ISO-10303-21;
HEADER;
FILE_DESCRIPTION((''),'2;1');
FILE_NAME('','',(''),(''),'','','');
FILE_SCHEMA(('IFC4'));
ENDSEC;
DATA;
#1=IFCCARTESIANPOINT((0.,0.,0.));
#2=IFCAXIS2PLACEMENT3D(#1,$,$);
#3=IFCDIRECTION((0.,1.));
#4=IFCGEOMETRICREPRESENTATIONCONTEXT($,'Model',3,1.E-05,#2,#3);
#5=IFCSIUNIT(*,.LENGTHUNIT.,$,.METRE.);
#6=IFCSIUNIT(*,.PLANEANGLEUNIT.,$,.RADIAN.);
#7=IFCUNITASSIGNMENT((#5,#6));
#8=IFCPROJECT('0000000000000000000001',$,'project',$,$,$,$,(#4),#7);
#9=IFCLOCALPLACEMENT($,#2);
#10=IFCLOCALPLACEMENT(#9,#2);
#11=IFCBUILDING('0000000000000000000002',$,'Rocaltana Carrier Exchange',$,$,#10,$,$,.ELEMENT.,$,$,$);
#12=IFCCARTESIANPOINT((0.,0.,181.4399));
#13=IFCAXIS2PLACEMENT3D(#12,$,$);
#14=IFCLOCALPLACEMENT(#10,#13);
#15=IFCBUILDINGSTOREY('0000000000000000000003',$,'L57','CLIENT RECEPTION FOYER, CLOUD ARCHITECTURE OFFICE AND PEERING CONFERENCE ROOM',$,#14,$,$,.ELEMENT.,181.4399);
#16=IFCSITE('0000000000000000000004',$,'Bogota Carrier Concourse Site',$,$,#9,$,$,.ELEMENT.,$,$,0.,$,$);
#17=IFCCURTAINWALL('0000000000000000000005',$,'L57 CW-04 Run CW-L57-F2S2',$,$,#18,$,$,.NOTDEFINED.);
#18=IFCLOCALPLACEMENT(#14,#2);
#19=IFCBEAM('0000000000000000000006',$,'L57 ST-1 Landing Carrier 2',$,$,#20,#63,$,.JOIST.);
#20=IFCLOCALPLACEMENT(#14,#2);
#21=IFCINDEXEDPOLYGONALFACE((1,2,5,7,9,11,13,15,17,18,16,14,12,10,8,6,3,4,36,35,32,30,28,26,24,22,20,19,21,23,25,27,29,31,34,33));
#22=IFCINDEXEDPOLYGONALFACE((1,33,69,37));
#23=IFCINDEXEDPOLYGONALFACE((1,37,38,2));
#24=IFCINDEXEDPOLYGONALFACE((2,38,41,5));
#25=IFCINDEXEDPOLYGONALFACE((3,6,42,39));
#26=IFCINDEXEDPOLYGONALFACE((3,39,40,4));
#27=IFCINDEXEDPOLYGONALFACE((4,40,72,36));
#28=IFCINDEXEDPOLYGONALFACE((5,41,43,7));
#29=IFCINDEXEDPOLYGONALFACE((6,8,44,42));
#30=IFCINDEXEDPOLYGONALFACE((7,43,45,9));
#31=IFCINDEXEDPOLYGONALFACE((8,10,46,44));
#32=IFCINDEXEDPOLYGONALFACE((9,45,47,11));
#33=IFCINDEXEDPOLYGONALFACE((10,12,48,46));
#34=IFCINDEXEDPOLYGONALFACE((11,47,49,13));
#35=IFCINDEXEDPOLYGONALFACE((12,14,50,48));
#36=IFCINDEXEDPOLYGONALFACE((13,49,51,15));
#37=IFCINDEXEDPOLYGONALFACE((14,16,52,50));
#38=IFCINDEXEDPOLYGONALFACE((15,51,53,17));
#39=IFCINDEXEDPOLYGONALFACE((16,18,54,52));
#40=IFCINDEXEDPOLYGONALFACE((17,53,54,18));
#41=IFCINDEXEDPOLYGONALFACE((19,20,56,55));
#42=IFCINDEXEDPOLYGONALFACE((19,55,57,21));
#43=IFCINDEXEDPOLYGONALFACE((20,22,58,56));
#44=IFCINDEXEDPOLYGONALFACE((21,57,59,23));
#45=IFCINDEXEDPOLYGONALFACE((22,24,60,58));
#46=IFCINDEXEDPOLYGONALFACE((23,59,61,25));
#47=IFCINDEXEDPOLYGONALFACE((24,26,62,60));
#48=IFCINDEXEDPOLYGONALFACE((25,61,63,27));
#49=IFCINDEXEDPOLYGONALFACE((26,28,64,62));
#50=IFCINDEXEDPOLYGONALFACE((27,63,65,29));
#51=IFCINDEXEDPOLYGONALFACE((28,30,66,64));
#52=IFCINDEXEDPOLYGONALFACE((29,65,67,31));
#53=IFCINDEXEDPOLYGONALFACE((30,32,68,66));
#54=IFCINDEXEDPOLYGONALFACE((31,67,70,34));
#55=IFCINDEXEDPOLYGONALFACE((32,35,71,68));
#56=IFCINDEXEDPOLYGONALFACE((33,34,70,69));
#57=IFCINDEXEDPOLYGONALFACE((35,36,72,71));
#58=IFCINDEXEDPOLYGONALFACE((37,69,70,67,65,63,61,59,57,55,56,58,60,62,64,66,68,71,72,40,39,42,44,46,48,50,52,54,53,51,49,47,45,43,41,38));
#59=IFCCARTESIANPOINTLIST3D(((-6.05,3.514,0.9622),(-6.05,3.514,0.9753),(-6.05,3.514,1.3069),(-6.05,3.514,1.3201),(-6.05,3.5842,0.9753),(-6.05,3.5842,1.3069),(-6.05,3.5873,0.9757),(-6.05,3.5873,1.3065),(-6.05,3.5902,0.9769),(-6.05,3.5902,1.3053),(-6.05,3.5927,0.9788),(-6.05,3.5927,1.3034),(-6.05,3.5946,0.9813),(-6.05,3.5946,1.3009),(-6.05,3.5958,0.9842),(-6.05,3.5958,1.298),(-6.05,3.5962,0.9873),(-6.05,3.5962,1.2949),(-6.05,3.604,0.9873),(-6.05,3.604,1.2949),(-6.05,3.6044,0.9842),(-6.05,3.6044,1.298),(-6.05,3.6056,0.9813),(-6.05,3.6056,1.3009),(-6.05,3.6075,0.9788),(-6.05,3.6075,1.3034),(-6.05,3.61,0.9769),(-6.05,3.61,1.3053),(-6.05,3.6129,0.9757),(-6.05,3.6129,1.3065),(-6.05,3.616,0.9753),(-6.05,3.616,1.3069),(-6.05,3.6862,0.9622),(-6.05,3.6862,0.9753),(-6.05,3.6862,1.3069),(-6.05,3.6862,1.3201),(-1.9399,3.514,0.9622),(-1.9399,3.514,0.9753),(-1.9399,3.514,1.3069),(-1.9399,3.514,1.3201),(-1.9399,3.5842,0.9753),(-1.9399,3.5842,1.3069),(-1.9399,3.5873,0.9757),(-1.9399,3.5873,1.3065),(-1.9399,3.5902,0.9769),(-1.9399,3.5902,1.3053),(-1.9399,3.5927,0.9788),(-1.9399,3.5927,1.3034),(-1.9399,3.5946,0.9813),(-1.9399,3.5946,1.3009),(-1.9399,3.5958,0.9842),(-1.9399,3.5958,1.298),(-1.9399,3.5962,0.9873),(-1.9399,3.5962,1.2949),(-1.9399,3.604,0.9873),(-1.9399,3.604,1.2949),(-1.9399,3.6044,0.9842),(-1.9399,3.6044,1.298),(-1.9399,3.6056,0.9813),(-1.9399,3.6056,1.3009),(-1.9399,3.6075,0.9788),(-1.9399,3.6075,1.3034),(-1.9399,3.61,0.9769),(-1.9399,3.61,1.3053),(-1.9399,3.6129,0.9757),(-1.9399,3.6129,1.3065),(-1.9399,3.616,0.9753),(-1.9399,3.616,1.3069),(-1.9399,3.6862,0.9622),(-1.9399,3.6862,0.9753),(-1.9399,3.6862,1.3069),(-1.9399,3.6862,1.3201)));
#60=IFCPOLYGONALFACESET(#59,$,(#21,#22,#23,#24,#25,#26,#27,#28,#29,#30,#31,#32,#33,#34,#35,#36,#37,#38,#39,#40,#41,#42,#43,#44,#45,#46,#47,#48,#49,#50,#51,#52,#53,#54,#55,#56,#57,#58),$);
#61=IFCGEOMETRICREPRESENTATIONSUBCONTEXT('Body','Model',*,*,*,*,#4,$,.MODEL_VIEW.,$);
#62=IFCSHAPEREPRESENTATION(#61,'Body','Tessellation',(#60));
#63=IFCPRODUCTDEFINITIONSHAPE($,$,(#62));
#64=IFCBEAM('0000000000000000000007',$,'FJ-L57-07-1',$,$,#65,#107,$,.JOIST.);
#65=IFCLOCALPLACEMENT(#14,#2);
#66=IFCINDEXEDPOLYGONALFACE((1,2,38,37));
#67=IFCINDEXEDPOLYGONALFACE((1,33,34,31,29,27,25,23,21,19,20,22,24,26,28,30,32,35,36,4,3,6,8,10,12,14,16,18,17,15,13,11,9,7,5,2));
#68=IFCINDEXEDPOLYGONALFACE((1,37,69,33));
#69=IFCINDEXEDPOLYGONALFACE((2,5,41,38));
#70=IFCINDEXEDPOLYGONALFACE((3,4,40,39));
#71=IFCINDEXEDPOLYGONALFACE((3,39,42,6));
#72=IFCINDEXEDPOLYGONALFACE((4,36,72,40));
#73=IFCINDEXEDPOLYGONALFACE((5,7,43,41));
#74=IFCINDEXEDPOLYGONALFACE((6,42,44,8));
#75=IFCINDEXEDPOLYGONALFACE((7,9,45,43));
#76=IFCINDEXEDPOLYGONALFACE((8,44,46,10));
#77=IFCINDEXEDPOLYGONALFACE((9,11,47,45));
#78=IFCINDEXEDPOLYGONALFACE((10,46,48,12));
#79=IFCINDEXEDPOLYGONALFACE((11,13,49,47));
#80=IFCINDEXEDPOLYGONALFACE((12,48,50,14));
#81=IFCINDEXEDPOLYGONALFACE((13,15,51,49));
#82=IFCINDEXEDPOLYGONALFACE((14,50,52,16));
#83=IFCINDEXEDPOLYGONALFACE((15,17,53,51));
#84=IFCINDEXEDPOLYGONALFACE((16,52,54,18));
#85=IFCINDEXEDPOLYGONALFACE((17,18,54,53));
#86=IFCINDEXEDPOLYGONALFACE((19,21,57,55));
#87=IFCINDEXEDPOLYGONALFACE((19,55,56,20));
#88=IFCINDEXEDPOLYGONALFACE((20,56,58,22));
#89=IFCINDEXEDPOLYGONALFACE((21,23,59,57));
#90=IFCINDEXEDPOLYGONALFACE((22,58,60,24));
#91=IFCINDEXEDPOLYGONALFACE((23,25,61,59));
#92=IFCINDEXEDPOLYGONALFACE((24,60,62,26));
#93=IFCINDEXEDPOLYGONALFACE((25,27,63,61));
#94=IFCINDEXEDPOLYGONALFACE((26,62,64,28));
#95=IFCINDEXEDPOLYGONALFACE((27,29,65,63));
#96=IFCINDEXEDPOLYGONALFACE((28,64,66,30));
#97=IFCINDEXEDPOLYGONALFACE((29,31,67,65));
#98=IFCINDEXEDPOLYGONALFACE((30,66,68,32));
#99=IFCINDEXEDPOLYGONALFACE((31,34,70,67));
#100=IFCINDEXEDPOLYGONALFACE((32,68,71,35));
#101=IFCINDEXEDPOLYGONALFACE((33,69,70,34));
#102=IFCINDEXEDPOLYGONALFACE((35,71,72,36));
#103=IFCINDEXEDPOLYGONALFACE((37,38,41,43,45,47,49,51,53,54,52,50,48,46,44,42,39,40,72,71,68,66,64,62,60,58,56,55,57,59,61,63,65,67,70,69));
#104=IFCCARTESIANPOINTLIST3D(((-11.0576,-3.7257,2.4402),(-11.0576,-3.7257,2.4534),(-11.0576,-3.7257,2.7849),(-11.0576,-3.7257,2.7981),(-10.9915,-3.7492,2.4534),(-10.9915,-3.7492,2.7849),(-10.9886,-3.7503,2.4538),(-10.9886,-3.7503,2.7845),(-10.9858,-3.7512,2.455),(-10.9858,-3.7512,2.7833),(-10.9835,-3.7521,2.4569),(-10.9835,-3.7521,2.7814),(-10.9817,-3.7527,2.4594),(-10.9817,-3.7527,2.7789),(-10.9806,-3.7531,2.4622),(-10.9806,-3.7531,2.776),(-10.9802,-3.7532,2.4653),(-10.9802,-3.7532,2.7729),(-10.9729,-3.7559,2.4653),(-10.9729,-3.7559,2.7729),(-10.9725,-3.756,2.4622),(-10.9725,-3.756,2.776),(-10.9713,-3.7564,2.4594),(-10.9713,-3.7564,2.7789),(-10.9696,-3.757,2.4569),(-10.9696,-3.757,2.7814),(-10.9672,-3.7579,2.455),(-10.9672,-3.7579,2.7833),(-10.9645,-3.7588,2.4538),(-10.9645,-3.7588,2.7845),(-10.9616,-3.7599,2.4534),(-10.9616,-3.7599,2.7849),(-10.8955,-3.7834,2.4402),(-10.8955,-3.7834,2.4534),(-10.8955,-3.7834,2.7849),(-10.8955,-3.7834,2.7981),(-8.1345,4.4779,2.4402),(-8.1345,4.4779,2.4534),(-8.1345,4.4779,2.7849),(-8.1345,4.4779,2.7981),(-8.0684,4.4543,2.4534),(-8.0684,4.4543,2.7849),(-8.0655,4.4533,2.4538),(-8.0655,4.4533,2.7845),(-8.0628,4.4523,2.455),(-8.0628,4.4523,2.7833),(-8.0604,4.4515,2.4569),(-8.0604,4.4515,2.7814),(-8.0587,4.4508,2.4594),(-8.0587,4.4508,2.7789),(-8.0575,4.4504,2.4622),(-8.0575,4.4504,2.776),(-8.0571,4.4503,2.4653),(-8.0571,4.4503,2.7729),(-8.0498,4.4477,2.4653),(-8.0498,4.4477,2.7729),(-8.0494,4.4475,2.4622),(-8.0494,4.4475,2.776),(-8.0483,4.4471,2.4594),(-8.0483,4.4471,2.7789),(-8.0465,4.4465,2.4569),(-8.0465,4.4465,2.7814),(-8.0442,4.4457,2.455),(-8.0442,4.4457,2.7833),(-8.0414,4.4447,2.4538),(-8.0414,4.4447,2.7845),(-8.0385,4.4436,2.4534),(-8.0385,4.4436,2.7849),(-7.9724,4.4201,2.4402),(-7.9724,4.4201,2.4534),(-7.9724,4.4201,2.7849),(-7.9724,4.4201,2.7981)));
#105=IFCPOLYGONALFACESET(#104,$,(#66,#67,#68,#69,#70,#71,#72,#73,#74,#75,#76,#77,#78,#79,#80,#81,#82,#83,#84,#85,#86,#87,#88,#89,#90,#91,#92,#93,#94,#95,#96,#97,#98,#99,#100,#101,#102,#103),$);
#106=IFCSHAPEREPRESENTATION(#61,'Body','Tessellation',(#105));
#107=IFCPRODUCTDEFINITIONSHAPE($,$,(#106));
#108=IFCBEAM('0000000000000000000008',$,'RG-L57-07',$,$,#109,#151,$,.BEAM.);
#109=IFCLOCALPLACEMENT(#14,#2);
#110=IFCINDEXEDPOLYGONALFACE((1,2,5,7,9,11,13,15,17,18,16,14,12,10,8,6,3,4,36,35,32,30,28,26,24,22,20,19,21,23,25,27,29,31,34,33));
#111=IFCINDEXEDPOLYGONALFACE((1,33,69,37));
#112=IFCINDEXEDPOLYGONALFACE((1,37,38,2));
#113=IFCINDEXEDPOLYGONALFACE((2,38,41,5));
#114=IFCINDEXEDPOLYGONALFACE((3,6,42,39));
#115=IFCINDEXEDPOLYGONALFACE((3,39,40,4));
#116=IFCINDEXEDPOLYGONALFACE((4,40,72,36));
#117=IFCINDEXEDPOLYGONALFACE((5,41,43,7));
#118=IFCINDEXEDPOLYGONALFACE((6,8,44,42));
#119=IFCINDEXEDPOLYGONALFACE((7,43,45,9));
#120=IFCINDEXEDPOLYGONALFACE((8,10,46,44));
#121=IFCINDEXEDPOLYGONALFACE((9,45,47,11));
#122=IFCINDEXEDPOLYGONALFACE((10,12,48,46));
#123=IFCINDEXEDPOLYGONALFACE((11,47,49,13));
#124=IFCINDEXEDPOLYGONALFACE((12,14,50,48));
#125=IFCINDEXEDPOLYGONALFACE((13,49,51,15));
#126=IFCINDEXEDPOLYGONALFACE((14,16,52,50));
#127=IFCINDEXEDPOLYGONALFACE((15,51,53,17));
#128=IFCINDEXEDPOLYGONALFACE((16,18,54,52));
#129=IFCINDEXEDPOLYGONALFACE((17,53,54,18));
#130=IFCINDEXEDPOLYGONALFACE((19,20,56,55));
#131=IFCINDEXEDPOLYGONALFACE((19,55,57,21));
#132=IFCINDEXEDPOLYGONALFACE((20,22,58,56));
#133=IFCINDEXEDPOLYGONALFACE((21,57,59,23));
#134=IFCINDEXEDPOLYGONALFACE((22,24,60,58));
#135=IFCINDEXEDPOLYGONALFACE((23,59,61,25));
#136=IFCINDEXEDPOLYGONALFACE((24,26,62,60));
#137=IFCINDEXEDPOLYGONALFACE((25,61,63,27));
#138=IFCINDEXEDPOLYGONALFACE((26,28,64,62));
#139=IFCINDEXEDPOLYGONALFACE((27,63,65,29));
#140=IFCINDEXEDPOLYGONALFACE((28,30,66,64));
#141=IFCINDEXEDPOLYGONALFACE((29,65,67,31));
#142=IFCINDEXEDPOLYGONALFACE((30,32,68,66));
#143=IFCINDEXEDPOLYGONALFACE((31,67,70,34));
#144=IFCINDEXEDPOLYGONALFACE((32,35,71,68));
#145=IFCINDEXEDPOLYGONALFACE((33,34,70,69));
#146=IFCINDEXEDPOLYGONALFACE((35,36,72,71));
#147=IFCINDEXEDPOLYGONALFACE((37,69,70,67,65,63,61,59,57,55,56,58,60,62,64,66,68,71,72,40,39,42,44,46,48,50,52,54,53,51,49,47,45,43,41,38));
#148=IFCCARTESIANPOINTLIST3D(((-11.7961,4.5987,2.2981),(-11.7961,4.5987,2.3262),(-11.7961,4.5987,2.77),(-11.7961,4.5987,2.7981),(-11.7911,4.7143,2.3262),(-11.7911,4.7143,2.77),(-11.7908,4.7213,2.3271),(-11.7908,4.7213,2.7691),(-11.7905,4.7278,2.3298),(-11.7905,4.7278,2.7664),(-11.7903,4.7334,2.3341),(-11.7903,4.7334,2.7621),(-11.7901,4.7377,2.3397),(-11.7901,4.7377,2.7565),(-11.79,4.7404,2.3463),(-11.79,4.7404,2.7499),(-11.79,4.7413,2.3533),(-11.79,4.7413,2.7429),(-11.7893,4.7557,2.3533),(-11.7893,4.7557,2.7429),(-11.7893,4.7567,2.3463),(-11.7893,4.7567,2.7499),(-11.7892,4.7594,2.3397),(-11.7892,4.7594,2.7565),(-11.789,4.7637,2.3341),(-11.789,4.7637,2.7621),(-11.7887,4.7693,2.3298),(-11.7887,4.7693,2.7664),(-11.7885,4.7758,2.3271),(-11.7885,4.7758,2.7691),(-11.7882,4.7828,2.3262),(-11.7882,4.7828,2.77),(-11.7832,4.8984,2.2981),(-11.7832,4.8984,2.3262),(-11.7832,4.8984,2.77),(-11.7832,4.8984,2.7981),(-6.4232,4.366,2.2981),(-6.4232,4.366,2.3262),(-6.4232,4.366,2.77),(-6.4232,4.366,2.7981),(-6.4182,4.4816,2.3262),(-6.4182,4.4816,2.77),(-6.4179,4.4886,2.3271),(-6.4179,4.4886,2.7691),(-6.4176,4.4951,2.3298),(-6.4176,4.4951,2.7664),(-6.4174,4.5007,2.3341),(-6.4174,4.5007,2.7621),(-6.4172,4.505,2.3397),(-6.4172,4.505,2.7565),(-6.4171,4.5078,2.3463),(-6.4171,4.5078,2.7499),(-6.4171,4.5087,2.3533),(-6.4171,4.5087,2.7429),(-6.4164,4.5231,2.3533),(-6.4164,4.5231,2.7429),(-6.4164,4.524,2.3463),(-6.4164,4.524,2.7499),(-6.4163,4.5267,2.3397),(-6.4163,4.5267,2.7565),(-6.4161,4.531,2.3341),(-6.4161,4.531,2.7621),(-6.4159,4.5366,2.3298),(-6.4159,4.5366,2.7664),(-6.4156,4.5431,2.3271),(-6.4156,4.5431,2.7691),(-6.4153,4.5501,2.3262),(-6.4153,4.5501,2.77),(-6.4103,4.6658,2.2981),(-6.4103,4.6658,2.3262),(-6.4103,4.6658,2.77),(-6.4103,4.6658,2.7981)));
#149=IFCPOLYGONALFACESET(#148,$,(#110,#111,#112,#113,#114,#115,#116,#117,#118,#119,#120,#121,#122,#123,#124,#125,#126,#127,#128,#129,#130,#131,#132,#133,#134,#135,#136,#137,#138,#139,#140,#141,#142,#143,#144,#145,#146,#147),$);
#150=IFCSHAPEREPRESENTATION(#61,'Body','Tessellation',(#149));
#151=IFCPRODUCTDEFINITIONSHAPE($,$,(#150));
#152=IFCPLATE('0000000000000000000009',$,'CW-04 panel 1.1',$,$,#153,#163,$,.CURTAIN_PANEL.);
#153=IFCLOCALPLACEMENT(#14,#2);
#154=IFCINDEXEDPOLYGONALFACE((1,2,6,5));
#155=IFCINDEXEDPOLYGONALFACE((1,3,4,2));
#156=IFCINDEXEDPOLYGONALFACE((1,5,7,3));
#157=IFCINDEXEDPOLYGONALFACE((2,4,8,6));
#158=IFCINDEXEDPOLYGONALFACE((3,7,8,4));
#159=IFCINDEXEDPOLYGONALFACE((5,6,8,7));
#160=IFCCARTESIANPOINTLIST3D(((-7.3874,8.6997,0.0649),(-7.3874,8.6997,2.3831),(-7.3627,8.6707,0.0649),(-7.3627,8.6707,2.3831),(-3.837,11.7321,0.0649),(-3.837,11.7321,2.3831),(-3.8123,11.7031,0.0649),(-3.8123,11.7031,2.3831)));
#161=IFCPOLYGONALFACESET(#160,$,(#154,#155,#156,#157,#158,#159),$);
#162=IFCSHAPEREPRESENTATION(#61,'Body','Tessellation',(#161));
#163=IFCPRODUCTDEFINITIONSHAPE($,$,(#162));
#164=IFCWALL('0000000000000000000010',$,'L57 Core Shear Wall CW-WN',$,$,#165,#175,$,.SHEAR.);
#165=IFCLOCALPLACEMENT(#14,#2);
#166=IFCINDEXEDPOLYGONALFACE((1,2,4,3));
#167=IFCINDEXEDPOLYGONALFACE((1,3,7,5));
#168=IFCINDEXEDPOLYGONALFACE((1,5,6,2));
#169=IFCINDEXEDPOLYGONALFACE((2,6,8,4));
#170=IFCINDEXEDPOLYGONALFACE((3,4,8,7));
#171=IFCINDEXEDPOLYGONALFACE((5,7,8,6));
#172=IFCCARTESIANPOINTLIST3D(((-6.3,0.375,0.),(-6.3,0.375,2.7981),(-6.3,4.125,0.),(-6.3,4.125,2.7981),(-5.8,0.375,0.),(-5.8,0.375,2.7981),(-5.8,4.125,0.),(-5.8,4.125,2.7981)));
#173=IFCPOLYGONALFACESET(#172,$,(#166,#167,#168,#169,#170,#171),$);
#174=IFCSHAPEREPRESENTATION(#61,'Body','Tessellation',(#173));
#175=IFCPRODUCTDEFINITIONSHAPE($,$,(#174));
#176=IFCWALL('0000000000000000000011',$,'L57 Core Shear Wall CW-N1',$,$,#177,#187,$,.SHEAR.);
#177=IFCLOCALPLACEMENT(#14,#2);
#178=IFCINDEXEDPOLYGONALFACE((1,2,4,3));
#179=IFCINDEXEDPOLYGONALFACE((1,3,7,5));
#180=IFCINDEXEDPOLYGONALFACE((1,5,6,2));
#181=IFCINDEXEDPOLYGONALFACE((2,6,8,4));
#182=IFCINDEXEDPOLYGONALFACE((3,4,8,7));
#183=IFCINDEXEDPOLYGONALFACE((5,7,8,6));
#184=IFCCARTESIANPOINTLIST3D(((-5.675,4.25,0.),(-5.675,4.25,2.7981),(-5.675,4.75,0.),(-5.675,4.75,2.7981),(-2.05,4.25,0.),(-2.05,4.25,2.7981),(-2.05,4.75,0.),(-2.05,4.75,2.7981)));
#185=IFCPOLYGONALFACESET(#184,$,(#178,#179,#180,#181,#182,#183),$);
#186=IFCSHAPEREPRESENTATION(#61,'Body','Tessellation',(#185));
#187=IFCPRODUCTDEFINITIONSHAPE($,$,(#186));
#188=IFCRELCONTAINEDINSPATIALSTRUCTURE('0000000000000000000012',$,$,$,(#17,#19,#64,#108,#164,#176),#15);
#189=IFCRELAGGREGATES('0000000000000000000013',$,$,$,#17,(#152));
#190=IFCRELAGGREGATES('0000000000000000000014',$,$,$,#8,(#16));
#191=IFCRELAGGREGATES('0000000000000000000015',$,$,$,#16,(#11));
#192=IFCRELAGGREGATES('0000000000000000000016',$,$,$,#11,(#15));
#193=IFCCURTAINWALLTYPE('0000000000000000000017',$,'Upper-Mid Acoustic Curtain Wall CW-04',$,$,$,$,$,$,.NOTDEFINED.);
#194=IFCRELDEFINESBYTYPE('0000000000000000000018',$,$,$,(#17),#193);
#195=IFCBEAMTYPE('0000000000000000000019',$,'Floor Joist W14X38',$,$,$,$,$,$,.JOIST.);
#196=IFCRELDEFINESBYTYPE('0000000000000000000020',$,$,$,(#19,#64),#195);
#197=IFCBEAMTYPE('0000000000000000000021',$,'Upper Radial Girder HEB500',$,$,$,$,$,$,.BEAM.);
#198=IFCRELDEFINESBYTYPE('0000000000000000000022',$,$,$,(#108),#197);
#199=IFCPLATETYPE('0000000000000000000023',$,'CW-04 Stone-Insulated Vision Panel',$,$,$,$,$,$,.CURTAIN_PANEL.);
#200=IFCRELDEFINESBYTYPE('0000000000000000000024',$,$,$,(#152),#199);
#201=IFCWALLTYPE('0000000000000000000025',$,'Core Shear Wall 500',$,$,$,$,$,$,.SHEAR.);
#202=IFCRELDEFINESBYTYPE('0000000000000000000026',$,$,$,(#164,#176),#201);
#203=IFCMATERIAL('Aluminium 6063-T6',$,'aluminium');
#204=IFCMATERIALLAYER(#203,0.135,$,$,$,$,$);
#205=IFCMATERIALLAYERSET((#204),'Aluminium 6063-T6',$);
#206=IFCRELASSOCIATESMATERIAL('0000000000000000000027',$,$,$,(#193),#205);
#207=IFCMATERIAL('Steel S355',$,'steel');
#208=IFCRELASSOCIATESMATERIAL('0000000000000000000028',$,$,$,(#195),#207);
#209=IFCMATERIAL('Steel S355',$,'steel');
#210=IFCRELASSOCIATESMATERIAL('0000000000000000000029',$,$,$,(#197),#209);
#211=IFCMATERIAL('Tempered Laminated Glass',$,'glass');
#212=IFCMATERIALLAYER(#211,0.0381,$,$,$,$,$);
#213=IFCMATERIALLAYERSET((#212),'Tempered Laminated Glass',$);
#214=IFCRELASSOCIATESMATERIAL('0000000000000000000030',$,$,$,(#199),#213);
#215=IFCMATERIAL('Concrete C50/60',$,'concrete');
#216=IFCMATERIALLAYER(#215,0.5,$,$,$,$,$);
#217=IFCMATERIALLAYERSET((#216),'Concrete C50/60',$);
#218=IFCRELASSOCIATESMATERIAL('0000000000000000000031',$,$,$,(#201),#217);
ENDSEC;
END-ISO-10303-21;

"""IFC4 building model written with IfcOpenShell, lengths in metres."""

from ifc_helpers import new_model, si_unit, direction, frame, frame_2d, origin, origin_2d, place, context, subcontext, project, spatial, rectangle, i_section, extrude, material, layer, layer_set, material_profile, profile_set, type_object, element, aggregate, save


model = new_model("IFC4")

# Units and contexts
model_context = context("Model", 3, precision=1e-05, world=origin(), true_north=direction((0.0, 1.0)))
body_context = subcontext(model_context, "Body", "Model", "MODEL_VIEW")
ifc_project = project(units=[si_unit("LENGTHUNIT", "METRE"), si_unit("PLANEANGLEUNIT", "RADIAN")], contexts=[model_context])

# Site, building, storey
site_placement = place(None, origin())
site = spatial("IfcSite", under=ifc_project, at=site_placement, Name="Bogota Carrier Concourse Site", CompositionType="ELEMENT", RefElevation=0.0)
building_placement = place(site_placement, origin())
building = spatial("IfcBuilding", under=site, at=building_placement, Name="Rocaltana Carrier Exchange", CompositionType="ELEMENT")
storey_placement = place(building_placement, frame((0.0, 0.0, 181.4399)))
storey = spatial("IfcBuildingStorey", under=building, at=storey_placement, Name="L57", Description="CLIENT RECEPTION FOYER, CLOUD ARCHITECTURE OFFICE AND PEERING CONFERENCE ROOM", CompositionType="ELEMENT", Elevation=181.4399)

# Curtain wall
ifc_material_1 = material(Name="Aluminium 6063-T6", Category="aluminium")
ifc_layer_1 = layer(ifc_material_1, 0.135)
ifc_layer_set_1 = layer_set([ifc_layer_1], Name="Aluminium 6063-T6")
curtain_wall_type = type_object("IfcCurtainWallType", Name="Upper-Mid Acoustic Curtain Wall CW-04", PredefinedType="NOTDEFINED", material=ifc_layer_set_1)
curtain_wall_placement = place(storey_placement, origin())
curtain_wall = element("IfcCurtainWall", 1, at=curtain_wall_placement, inside=storey, type_object=curtain_wall_type, Name="L57 CW-04 Run CW-L57-F2S2", PredefinedType="NOTDEFINED")

# Beams
ifc_material_2 = material(Name="Steel S355", Category="steel")
ifc_material_profile_1 = material_profile(ifc_material_2, i_section(OverallWidth=0.1721, OverallDepth=0.3579, WebThickness=0.0078, FlangeThickness=0.0132, FilletRadius=0.012, at=origin_2d()), Name="W14X38")
ifc_profile_set_1 = profile_set([ifc_material_profile_1], Name="Steel S355")
beam_type_1 = type_object("IfcBeamType", Name="Floor Joist W14X38", PredefinedType="JOIST", material=ifc_profile_set_1)
for number, where, z_axis, x_axis, name in (
    (2, (-6.05, 3.6001, 1.1411), (1.0, 0.0, 0.0), (0.0, 1.0, 0.0), "L57 ST-1 Landing Carrier 2"),
):
    element("IfcBeam", number, at=place(storey_placement, frame(where, z_axis=z_axis, x_axis=x_axis)), inside=storey, type_object=beam_type_1, Name=name, PredefinedType="JOIST", context=body_context, shape_type="SweptSolid", body=[
        extrude(i_section(OverallWidth=0.1721, OverallDepth=0.3579, WebThickness=0.0078, FlangeThickness=0.0132, FilletRadius=0.012, at=origin_2d()), origin(), (0.0, 0.0, 1.0), 4.1101),
    ])
beam_1_placement = place(storey_placement, frame((-8.0535, 4.449, 2.6191), z_axis=(-0.335647, -0.941988, 0.0), x_axis=(0.941988, -0.335647, 0.0)))
element("IfcBeam", 3, at=beam_1_placement, inside=storey, type_object=beam_type_1, Name="FJ-L57-07-1", PredefinedType="JOIST", context=body_context, shape_type="SweptSolid", body=[
    extrude(i_section(OverallWidth=0.1721, OverallDepth=0.3579, WebThickness=0.0078, FlangeThickness=0.0132, FilletRadius=0.012, at=origin_2d()), origin(), (0.0, 0.0, 1.0), 8.7087),
])
ifc_material_3 = material(Name="Steel S355", Category="steel")
ifc_material_profile_2 = material_profile(ifc_material_3, i_section(OverallWidth=0.3, OverallDepth=0.5, WebThickness=0.0144, FlangeThickness=0.0281, FilletRadius=0.0271, at=origin_2d()), Name="HEB500")
ifc_profile_set_2 = profile_set([ifc_material_profile_2], Name="Steel S355")
beam_type_2 = type_object("IfcBeamType", Name="Upper Radial Girder HEB500", PredefinedType="BEAM", material=ifc_profile_set_2)
beam_2_placement = place(storey_placement, frame((-6.4167, 4.5159, 2.5481), z_axis=(-0.999064, 0.043264, 0.0), x_axis=(-0.043264, -0.999064, 0.0)))
element("IfcBeam", 4, at=beam_2_placement, inside=storey, type_object=beam_type_2, Name="RG-L57-07", PredefinedType="BEAM", context=body_context, shape_type="SweptSolid", body=[
    extrude(i_section(OverallWidth=0.3, OverallDepth=0.5, WebThickness=0.0144, FlangeThickness=0.0281, FilletRadius=0.0271, at=origin_2d()), origin(), (0.0, 0.0, 1.0), 5.3779),
])

# Plate
ifc_material_4 = material(Name="Tempered Laminated Glass", Category="glass")
ifc_layer_2 = layer(ifc_material_4, 0.0381)
ifc_layer_set_2 = layer_set([ifc_layer_2], Name="Tempered Laminated Glass")
plate_type = type_object("IfcPlateType", Name="CW-04 Stone-Insulated Vision Panel", PredefinedType="CURTAIN_PANEL", material=ifc_layer_set_2)
plate_placement = place(storey_placement, frame((-5.5999, 10.2014, 0.0649), z_axis=(0.0, 0.0, 1.0), x_axis=(-0.760401, -0.649454, 0.0)))
plate = element("IfcPlate", 5, at=plate_placement, type_object=plate_type, Name="CW-04 panel 1.1", PredefinedType="CURTAIN_PANEL", context=body_context, shape_type="SweptSolid", body=[
    extrude(rectangle(XDim=4.6692, YDim=0.0381, at=origin_2d()), origin(), (0.0, 0.0, 1.0), 2.3181),
])
aggregate(curtain_wall, [plate])

# Walls
ifc_material_5 = material(Name="Concrete C50/60", Category="concrete")
ifc_layer_3 = layer(ifc_material_5, 0.5)
ifc_layer_set_3 = layer_set([ifc_layer_3], Name="Concrete C50/60")
wall_type_1 = type_object("IfcWallType", Name="Core Shear Wall 500", PredefinedType="SHEAR", material=ifc_layer_set_3)
wall_1_placement = place(storey_placement, frame((-6.05, 0.375, 0.0), z_axis=(0.0, 0.0, 1.0), x_axis=(0.0, 1.0, 0.0)))
element("IfcWall", 6, at=wall_1_placement, inside=storey, type_object=wall_type_1, Name="L57 Core Shear Wall CW-WN", PredefinedType="SHEAR", context=body_context, shape_type="SweptSolid", body=[
    extrude(rectangle(XDim=3.75, YDim=0.5, at=frame_2d((1.875, 0.0))), origin(), (0.0, 0.0, 1.0), 2.7981),
])
wall_2_placement = place(storey_placement, frame((-5.675, 4.5, 0.0), z_axis=(0.0, 0.0, 1.0), x_axis=(1.0, 0.0, 0.0)))
element("IfcWall", 7, at=wall_2_placement, inside=storey, type_object=wall_type_1, Name="L57 Core Shear Wall CW-N1", PredefinedType="SHEAR", context=body_context, shape_type="SweptSolid", body=[
    extrude(rectangle(XDim=3.625, YDim=0.5, at=frame_2d((1.8125, 0.0))), origin(), (0.0, 0.0, 1.0), 2.7981),
])

save(model, "model.ifc")
